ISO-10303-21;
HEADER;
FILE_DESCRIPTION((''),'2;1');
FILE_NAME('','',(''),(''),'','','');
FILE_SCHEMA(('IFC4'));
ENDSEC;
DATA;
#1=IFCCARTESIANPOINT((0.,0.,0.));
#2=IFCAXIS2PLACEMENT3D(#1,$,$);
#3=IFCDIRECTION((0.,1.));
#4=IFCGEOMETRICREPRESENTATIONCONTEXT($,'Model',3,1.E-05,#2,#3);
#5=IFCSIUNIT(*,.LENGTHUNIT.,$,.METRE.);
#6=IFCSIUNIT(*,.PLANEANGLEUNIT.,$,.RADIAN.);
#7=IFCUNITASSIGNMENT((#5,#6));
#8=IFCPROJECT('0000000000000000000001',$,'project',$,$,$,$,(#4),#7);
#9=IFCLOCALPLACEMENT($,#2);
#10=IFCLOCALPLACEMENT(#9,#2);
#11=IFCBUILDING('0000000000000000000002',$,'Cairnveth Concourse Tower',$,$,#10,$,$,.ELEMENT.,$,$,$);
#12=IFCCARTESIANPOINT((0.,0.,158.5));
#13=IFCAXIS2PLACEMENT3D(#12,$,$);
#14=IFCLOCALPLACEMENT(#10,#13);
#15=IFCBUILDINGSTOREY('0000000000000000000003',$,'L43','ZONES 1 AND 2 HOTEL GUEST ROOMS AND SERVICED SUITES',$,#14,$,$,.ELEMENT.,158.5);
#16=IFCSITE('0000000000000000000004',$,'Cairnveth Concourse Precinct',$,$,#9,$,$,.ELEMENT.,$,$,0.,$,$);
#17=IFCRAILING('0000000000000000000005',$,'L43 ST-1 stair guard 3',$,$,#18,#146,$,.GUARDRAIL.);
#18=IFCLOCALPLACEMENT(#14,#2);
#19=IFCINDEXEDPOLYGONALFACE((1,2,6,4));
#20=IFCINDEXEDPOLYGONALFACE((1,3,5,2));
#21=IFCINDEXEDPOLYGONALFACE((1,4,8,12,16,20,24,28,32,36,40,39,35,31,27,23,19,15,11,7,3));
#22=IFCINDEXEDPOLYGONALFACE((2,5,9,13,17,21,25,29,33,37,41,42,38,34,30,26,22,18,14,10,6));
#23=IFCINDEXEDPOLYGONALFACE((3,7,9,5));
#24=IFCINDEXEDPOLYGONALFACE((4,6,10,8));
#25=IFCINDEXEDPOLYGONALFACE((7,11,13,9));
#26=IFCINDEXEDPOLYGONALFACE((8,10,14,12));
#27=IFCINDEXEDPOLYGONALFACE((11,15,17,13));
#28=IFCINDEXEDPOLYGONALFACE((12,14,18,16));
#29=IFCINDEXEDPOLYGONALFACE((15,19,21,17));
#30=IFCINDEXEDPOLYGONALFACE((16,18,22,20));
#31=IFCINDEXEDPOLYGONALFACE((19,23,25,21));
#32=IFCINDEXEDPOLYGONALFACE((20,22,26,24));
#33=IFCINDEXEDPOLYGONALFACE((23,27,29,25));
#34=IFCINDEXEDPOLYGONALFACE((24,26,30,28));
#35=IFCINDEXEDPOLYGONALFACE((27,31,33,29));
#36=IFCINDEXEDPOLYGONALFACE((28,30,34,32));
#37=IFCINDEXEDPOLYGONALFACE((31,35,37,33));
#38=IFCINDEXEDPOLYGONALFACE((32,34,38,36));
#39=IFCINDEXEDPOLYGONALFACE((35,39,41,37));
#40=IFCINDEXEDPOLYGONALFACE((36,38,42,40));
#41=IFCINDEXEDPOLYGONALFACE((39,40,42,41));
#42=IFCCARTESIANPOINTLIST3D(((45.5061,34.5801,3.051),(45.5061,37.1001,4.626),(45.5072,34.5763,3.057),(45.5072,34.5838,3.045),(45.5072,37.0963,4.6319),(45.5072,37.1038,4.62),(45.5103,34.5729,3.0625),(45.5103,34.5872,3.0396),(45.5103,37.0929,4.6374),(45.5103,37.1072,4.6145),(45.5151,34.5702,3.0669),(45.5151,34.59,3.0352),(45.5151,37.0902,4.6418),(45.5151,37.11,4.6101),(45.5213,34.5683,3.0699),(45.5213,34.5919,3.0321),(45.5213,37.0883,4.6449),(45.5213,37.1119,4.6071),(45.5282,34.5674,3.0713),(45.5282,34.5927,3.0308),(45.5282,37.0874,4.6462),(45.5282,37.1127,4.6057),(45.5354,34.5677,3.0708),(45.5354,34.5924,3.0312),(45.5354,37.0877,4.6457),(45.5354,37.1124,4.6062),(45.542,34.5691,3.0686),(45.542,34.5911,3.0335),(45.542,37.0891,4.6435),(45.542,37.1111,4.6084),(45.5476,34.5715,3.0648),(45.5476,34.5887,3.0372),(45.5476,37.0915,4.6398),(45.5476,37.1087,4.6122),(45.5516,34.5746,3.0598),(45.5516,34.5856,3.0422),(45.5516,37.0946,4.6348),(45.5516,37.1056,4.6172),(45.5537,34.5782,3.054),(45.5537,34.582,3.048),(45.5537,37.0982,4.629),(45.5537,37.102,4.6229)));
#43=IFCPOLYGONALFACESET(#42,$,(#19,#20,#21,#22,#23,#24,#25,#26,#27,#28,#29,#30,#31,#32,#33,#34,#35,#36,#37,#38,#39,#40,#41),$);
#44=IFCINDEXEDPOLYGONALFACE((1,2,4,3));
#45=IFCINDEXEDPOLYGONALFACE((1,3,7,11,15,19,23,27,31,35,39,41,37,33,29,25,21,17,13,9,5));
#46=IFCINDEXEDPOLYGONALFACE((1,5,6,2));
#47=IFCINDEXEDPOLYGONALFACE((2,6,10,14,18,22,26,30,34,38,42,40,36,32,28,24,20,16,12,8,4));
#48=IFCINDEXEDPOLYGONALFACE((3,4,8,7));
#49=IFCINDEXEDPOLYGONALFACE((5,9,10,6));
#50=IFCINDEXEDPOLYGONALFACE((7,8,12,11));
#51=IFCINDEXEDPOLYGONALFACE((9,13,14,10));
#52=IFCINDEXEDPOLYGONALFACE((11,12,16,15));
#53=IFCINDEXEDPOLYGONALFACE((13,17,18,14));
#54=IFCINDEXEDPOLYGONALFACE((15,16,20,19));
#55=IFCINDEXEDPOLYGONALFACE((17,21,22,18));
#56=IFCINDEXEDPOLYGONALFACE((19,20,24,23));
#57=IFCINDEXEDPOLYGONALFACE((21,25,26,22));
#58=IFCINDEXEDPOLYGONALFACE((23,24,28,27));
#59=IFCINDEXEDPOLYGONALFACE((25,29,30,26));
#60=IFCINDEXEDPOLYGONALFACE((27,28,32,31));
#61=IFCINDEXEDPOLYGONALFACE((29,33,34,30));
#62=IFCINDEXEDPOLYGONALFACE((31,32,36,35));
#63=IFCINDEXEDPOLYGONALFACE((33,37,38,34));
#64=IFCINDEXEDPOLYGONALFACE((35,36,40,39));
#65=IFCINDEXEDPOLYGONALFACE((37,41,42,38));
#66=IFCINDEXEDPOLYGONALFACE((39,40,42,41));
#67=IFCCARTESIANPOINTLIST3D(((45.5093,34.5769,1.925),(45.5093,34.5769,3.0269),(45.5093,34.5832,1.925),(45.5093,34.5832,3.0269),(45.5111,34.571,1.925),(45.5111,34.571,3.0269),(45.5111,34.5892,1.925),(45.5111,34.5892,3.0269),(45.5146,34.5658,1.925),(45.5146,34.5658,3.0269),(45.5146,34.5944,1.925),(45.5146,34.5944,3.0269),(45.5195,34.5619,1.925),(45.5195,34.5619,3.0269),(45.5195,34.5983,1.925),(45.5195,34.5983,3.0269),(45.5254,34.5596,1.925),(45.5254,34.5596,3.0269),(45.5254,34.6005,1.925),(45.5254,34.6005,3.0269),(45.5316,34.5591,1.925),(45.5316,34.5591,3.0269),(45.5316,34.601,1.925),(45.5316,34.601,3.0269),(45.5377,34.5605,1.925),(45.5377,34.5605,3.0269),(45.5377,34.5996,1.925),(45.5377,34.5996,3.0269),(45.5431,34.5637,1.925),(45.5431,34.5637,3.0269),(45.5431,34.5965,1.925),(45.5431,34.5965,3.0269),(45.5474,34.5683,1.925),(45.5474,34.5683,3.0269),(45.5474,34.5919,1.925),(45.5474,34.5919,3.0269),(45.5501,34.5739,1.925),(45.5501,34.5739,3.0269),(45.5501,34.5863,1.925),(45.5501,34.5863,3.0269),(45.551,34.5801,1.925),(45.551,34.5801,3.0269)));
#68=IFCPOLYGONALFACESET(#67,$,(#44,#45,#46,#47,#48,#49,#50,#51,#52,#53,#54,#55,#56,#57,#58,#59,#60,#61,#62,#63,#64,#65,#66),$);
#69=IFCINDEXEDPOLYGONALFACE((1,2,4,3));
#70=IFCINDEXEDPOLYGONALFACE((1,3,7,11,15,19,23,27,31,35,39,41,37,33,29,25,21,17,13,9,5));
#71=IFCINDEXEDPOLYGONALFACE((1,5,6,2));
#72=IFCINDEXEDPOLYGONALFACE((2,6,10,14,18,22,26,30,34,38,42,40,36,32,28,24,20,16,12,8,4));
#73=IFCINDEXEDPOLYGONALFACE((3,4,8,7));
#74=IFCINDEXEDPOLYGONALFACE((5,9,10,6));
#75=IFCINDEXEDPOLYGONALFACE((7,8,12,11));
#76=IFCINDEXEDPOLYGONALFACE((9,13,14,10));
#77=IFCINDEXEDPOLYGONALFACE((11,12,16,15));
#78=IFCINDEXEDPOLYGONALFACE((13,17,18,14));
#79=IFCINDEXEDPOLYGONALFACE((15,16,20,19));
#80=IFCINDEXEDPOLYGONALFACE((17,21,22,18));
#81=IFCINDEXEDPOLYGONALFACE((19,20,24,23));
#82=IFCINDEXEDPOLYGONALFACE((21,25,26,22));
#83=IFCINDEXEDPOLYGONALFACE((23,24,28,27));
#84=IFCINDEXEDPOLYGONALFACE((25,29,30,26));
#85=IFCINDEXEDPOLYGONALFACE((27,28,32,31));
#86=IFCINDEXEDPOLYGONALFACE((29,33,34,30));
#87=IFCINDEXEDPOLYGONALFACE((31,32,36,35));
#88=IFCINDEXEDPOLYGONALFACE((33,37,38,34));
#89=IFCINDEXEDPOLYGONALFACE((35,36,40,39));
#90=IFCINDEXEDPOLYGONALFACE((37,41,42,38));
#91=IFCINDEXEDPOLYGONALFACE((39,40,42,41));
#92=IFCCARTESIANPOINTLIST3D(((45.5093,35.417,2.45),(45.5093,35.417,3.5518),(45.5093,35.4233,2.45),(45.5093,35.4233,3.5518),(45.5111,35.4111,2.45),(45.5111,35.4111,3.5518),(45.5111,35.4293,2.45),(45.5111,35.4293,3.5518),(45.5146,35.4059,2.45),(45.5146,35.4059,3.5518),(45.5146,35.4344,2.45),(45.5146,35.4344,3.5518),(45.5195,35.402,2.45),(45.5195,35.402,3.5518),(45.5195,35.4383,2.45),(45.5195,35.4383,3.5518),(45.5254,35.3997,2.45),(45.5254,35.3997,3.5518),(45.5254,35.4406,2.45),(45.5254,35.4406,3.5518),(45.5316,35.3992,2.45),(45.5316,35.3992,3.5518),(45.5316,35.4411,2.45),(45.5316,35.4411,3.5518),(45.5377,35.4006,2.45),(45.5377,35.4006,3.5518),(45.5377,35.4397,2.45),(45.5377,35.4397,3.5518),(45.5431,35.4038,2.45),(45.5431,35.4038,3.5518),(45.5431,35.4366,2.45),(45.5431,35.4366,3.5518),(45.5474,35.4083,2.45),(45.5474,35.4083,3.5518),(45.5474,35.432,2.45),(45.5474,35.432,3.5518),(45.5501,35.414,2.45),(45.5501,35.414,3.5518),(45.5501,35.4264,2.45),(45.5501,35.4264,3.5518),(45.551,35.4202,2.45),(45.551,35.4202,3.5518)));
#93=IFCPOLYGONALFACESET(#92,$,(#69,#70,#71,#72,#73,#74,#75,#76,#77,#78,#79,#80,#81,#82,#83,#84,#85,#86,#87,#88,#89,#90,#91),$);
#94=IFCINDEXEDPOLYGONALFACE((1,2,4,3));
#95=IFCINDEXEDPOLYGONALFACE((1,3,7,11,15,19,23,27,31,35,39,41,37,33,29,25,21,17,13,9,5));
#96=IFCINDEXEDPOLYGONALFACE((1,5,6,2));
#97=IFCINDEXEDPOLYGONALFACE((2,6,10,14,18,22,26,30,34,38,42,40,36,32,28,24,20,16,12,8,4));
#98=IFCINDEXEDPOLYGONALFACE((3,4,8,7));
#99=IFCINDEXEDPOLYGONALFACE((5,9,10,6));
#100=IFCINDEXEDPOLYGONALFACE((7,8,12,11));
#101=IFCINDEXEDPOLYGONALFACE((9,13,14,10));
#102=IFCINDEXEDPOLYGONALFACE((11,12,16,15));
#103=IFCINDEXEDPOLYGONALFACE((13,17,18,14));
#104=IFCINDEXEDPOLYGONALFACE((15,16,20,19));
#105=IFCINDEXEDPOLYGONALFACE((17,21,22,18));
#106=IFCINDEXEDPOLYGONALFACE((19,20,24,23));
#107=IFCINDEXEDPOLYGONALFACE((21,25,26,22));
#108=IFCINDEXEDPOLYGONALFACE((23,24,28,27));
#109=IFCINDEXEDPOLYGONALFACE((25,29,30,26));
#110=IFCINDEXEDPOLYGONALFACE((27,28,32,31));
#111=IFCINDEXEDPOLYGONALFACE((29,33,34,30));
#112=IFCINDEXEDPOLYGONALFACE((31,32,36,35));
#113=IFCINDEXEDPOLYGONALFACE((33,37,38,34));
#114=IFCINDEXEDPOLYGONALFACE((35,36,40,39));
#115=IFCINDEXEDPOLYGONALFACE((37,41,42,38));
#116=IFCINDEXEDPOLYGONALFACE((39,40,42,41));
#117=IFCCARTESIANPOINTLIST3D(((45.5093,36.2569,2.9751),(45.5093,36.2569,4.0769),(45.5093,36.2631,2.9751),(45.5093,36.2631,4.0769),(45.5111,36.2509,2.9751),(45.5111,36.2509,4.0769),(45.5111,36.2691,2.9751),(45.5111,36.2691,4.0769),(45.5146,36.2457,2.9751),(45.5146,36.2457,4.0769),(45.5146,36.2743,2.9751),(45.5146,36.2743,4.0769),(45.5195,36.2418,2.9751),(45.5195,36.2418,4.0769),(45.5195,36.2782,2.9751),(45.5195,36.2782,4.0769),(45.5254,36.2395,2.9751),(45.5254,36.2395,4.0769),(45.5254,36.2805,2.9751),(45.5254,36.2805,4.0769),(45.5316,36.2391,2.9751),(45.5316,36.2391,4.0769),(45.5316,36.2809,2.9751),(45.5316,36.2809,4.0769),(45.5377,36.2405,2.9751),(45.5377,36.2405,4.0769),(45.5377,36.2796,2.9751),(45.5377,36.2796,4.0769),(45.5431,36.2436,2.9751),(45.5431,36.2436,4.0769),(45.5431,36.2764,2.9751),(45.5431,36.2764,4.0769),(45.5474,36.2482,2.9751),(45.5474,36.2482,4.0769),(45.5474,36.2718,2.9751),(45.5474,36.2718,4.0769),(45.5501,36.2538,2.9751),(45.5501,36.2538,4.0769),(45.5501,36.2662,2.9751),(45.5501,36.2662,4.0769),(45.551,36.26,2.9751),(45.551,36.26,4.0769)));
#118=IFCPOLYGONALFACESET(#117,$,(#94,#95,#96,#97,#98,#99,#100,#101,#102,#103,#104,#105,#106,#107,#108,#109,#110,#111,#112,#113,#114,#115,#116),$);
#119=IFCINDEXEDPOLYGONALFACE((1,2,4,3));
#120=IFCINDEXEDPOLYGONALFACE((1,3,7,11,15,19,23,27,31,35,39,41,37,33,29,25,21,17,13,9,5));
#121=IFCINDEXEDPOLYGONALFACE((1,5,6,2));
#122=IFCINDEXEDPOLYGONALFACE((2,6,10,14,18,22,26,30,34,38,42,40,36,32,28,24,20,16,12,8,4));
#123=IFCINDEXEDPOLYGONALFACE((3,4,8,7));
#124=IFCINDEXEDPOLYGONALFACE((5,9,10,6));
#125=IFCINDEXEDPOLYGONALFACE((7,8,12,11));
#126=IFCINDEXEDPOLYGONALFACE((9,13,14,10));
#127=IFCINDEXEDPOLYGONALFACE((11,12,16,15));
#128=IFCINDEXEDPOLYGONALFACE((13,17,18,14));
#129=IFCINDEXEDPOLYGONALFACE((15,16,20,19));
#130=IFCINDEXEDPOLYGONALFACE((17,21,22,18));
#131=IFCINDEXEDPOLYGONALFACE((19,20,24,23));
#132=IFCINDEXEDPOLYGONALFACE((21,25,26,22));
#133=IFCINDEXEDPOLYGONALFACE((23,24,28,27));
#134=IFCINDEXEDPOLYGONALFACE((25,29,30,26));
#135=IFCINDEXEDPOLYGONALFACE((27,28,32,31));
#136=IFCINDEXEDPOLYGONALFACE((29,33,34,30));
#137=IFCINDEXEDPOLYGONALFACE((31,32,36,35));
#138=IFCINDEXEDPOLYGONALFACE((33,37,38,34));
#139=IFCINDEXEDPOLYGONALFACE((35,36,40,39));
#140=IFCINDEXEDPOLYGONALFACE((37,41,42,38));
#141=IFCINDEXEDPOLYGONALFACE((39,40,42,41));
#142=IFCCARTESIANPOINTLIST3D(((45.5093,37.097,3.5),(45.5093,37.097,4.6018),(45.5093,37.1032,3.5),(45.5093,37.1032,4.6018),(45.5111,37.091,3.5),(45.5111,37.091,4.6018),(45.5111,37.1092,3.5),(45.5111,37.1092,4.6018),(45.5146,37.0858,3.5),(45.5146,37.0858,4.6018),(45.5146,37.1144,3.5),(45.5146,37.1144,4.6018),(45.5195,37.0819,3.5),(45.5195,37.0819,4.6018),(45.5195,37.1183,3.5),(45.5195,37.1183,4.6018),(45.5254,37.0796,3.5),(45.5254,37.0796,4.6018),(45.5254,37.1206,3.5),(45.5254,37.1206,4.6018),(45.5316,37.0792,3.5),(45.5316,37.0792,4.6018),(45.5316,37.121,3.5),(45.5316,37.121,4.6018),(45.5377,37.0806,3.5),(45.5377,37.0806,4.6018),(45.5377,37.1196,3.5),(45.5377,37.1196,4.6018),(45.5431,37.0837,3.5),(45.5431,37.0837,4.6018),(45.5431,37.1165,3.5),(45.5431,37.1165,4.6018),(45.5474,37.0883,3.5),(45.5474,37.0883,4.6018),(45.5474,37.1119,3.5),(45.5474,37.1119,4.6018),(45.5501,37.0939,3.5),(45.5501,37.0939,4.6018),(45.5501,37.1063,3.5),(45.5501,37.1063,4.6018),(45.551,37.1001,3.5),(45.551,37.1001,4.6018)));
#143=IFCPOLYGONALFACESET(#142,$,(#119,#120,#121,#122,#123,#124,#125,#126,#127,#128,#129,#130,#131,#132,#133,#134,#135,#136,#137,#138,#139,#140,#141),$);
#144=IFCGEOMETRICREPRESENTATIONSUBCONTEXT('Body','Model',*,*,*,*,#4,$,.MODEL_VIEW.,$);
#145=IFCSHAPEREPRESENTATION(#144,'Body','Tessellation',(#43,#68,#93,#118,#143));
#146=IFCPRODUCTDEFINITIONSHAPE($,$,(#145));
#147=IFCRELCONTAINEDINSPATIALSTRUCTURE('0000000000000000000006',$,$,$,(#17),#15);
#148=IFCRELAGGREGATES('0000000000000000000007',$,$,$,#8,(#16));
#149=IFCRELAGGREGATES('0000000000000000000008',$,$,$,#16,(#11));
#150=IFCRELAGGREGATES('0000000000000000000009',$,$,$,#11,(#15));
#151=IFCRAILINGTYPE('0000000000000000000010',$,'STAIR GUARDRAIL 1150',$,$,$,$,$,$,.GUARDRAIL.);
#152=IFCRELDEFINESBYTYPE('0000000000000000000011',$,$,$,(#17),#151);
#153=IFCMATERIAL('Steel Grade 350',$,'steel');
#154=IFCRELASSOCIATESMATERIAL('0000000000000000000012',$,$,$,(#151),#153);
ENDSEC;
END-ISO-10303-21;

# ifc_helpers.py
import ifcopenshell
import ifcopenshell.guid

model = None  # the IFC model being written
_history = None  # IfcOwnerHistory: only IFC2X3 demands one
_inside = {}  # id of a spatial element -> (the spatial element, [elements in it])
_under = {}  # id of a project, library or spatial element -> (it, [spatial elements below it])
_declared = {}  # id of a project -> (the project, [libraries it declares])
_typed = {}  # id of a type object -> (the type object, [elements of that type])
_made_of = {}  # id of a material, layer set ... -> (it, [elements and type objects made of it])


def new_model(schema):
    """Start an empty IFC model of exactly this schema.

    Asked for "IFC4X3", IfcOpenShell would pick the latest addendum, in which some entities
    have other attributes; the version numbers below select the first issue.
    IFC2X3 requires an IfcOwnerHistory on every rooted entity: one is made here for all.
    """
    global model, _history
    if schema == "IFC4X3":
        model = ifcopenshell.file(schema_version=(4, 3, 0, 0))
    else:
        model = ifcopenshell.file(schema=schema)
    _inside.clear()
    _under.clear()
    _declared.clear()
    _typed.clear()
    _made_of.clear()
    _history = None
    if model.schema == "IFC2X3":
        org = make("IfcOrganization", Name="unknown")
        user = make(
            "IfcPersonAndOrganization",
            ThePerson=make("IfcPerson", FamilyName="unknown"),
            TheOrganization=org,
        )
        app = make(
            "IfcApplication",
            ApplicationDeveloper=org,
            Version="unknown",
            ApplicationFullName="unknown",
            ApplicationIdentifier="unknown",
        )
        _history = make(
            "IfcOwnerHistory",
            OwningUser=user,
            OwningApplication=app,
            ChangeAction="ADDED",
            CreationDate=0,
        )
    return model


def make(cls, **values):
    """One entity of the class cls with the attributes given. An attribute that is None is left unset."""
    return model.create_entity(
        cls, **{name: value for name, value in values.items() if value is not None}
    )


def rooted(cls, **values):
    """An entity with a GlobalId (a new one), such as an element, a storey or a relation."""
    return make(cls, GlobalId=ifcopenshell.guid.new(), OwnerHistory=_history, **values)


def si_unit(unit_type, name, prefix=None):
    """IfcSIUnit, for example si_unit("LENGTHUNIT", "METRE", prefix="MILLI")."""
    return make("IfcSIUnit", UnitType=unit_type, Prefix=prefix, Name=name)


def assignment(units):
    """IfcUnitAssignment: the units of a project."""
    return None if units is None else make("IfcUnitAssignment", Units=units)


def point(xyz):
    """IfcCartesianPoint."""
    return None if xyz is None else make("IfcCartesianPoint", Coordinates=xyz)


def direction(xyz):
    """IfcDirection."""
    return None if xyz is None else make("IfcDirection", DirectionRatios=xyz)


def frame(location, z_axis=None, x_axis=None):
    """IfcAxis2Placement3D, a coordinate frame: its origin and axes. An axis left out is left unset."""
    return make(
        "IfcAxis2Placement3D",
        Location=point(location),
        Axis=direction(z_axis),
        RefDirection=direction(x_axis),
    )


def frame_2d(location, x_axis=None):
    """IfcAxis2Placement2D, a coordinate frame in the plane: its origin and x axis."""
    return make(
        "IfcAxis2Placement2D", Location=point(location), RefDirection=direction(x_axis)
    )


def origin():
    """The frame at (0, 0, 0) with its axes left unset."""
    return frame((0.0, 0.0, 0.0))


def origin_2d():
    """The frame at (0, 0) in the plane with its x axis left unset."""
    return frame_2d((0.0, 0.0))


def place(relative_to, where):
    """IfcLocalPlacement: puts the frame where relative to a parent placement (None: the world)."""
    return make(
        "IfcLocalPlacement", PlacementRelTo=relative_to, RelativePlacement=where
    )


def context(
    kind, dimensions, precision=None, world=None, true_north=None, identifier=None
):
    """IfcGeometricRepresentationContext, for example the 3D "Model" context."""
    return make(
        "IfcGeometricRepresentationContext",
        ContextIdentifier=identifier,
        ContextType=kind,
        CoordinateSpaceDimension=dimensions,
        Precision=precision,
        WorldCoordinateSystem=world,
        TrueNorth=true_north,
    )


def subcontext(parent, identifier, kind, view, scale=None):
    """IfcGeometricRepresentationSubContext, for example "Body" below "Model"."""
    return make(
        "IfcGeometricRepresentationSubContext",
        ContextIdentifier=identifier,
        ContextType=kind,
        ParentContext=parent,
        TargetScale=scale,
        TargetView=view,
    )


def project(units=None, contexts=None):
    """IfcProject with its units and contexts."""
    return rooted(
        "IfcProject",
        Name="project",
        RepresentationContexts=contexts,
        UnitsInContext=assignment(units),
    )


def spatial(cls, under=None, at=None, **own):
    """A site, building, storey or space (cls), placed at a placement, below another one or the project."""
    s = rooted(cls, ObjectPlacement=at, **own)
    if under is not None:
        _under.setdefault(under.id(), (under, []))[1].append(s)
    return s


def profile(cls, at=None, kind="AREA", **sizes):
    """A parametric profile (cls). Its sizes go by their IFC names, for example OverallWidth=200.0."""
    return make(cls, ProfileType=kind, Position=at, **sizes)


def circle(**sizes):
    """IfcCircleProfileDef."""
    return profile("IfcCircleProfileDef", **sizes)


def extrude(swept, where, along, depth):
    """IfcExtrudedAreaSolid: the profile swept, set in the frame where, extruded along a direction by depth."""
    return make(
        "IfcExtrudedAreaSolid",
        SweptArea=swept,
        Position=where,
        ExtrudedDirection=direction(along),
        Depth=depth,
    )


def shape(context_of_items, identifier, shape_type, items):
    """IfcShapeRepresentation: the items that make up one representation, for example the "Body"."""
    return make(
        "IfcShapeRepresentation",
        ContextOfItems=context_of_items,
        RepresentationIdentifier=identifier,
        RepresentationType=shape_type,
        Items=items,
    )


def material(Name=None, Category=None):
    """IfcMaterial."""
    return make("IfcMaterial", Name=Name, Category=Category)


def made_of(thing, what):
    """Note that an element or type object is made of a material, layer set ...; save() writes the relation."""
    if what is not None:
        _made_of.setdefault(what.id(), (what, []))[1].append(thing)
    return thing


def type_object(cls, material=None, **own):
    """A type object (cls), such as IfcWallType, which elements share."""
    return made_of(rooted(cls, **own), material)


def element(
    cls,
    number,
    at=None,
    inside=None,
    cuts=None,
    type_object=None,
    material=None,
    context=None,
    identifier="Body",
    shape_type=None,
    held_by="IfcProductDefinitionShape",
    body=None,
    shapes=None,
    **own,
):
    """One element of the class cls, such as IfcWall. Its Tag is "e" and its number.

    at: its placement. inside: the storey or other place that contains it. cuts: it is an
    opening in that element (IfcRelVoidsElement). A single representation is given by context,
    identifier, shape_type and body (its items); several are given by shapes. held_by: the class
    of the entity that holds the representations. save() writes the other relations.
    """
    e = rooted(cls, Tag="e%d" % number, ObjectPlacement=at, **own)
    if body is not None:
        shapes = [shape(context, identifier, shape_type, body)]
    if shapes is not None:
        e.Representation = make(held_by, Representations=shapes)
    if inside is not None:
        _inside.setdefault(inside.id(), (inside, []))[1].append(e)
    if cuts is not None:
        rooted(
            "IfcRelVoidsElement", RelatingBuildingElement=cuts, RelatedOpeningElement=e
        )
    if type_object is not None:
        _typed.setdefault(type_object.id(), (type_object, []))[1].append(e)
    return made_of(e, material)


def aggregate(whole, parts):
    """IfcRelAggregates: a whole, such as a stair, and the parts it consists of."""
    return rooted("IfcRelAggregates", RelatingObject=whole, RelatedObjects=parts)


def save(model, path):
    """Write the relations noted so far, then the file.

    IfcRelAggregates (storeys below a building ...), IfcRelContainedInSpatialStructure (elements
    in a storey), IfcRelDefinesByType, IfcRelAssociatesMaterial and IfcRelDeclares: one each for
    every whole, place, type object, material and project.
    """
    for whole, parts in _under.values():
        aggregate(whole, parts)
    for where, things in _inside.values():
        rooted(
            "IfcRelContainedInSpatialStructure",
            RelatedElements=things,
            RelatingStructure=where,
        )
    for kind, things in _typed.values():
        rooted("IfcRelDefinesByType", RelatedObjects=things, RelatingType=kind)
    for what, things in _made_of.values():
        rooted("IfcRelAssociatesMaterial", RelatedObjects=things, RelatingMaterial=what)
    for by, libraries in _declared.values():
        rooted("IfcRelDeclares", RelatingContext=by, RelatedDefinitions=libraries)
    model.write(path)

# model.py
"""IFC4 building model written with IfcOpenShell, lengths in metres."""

from ifc_helpers import new_model, si_unit, direction, frame, origin, origin_2d, place, context, subcontext, project, spatial, circle, extrude, material, type_object, element, save


model = new_model("IFC4")

# Units and contexts
model_context = context("Model", 3, precision=1e-05, world=origin(), true_north=direction((0.0, 1.0)))
body_context = subcontext(model_context, "Body", "Model", "MODEL_VIEW")
ifc_project = project(units=[si_unit("LENGTHUNIT", "METRE"), si_unit("PLANEANGLEUNIT", "RADIAN")], contexts=[model_context])

# Site, building, storey
site_placement = place(None, origin())
site = spatial("IfcSite", under=ifc_project, at=site_placement, Name="Cairnveth Concourse Precinct", CompositionType="ELEMENT", RefElevation=0.0)
building_placement = place(site_placement, origin())
building = spatial("IfcBuilding", under=site, at=building_placement, Name="Cairnveth Concourse Tower", CompositionType="ELEMENT")
storey_placement = place(building_placement, frame((0.0, 0.0, 158.5)))
storey = spatial("IfcBuildingStorey", under=building, at=storey_placement, Name="L43", Description="ZONES 1 AND 2 HOTEL GUEST ROOMS AND SERVICED SUITES", CompositionType="ELEMENT", Elevation=158.5)

# Shared definitions
ifc_material_1 = material(Name="Steel Grade 350", Category="steel")

# Railing
railing_type_1 = type_object("IfcRailingType", Name="STAIR GUARDRAIL 1150", PredefinedType="GUARDRAIL", material=ifc_material_1)
railing_1_placement = place(storey_placement, frame((45.53, 34.5801, 1.925)))
element("IfcRailing", 1, at=railing_1_placement, inside=storey, type_object=railing_type_1, Name="L43 ST-1 stair guard 3", PredefinedType="GUARDRAIL", context=body_context, shape_type="SweptSolid", body=[
    extrude(circle(Radius=0.0239, at=origin_2d()), frame((0.0, 0.0, 1.126), z_axis=(0.0, 0.848008, 0.529984), x_axis=(-1.0, 0.0, 0.0)), (0.0, 0.0, 1.0), 2.9717),
    extrude(circle(Radius=0.021, at=origin_2d()), origin(), (0.0, 0.0, 1.0), 1.1018),
    extrude(circle(Radius=0.021, at=origin_2d()), frame((0.0, 0.8401, 0.5249)), (0.0, 0.0, 1.0), 1.1018),
    extrude(circle(Radius=0.021, at=origin_2d()), frame((0.0, 1.6799, 1.05)), (0.0, 0.0, 1.0), 1.1018),
    extrude(circle(Radius=0.021, at=origin_2d()), frame((0.0, 2.52, 1.575)), (0.0, 0.0, 1.0), 1.1018),
])

save(model, "model.ifc")
